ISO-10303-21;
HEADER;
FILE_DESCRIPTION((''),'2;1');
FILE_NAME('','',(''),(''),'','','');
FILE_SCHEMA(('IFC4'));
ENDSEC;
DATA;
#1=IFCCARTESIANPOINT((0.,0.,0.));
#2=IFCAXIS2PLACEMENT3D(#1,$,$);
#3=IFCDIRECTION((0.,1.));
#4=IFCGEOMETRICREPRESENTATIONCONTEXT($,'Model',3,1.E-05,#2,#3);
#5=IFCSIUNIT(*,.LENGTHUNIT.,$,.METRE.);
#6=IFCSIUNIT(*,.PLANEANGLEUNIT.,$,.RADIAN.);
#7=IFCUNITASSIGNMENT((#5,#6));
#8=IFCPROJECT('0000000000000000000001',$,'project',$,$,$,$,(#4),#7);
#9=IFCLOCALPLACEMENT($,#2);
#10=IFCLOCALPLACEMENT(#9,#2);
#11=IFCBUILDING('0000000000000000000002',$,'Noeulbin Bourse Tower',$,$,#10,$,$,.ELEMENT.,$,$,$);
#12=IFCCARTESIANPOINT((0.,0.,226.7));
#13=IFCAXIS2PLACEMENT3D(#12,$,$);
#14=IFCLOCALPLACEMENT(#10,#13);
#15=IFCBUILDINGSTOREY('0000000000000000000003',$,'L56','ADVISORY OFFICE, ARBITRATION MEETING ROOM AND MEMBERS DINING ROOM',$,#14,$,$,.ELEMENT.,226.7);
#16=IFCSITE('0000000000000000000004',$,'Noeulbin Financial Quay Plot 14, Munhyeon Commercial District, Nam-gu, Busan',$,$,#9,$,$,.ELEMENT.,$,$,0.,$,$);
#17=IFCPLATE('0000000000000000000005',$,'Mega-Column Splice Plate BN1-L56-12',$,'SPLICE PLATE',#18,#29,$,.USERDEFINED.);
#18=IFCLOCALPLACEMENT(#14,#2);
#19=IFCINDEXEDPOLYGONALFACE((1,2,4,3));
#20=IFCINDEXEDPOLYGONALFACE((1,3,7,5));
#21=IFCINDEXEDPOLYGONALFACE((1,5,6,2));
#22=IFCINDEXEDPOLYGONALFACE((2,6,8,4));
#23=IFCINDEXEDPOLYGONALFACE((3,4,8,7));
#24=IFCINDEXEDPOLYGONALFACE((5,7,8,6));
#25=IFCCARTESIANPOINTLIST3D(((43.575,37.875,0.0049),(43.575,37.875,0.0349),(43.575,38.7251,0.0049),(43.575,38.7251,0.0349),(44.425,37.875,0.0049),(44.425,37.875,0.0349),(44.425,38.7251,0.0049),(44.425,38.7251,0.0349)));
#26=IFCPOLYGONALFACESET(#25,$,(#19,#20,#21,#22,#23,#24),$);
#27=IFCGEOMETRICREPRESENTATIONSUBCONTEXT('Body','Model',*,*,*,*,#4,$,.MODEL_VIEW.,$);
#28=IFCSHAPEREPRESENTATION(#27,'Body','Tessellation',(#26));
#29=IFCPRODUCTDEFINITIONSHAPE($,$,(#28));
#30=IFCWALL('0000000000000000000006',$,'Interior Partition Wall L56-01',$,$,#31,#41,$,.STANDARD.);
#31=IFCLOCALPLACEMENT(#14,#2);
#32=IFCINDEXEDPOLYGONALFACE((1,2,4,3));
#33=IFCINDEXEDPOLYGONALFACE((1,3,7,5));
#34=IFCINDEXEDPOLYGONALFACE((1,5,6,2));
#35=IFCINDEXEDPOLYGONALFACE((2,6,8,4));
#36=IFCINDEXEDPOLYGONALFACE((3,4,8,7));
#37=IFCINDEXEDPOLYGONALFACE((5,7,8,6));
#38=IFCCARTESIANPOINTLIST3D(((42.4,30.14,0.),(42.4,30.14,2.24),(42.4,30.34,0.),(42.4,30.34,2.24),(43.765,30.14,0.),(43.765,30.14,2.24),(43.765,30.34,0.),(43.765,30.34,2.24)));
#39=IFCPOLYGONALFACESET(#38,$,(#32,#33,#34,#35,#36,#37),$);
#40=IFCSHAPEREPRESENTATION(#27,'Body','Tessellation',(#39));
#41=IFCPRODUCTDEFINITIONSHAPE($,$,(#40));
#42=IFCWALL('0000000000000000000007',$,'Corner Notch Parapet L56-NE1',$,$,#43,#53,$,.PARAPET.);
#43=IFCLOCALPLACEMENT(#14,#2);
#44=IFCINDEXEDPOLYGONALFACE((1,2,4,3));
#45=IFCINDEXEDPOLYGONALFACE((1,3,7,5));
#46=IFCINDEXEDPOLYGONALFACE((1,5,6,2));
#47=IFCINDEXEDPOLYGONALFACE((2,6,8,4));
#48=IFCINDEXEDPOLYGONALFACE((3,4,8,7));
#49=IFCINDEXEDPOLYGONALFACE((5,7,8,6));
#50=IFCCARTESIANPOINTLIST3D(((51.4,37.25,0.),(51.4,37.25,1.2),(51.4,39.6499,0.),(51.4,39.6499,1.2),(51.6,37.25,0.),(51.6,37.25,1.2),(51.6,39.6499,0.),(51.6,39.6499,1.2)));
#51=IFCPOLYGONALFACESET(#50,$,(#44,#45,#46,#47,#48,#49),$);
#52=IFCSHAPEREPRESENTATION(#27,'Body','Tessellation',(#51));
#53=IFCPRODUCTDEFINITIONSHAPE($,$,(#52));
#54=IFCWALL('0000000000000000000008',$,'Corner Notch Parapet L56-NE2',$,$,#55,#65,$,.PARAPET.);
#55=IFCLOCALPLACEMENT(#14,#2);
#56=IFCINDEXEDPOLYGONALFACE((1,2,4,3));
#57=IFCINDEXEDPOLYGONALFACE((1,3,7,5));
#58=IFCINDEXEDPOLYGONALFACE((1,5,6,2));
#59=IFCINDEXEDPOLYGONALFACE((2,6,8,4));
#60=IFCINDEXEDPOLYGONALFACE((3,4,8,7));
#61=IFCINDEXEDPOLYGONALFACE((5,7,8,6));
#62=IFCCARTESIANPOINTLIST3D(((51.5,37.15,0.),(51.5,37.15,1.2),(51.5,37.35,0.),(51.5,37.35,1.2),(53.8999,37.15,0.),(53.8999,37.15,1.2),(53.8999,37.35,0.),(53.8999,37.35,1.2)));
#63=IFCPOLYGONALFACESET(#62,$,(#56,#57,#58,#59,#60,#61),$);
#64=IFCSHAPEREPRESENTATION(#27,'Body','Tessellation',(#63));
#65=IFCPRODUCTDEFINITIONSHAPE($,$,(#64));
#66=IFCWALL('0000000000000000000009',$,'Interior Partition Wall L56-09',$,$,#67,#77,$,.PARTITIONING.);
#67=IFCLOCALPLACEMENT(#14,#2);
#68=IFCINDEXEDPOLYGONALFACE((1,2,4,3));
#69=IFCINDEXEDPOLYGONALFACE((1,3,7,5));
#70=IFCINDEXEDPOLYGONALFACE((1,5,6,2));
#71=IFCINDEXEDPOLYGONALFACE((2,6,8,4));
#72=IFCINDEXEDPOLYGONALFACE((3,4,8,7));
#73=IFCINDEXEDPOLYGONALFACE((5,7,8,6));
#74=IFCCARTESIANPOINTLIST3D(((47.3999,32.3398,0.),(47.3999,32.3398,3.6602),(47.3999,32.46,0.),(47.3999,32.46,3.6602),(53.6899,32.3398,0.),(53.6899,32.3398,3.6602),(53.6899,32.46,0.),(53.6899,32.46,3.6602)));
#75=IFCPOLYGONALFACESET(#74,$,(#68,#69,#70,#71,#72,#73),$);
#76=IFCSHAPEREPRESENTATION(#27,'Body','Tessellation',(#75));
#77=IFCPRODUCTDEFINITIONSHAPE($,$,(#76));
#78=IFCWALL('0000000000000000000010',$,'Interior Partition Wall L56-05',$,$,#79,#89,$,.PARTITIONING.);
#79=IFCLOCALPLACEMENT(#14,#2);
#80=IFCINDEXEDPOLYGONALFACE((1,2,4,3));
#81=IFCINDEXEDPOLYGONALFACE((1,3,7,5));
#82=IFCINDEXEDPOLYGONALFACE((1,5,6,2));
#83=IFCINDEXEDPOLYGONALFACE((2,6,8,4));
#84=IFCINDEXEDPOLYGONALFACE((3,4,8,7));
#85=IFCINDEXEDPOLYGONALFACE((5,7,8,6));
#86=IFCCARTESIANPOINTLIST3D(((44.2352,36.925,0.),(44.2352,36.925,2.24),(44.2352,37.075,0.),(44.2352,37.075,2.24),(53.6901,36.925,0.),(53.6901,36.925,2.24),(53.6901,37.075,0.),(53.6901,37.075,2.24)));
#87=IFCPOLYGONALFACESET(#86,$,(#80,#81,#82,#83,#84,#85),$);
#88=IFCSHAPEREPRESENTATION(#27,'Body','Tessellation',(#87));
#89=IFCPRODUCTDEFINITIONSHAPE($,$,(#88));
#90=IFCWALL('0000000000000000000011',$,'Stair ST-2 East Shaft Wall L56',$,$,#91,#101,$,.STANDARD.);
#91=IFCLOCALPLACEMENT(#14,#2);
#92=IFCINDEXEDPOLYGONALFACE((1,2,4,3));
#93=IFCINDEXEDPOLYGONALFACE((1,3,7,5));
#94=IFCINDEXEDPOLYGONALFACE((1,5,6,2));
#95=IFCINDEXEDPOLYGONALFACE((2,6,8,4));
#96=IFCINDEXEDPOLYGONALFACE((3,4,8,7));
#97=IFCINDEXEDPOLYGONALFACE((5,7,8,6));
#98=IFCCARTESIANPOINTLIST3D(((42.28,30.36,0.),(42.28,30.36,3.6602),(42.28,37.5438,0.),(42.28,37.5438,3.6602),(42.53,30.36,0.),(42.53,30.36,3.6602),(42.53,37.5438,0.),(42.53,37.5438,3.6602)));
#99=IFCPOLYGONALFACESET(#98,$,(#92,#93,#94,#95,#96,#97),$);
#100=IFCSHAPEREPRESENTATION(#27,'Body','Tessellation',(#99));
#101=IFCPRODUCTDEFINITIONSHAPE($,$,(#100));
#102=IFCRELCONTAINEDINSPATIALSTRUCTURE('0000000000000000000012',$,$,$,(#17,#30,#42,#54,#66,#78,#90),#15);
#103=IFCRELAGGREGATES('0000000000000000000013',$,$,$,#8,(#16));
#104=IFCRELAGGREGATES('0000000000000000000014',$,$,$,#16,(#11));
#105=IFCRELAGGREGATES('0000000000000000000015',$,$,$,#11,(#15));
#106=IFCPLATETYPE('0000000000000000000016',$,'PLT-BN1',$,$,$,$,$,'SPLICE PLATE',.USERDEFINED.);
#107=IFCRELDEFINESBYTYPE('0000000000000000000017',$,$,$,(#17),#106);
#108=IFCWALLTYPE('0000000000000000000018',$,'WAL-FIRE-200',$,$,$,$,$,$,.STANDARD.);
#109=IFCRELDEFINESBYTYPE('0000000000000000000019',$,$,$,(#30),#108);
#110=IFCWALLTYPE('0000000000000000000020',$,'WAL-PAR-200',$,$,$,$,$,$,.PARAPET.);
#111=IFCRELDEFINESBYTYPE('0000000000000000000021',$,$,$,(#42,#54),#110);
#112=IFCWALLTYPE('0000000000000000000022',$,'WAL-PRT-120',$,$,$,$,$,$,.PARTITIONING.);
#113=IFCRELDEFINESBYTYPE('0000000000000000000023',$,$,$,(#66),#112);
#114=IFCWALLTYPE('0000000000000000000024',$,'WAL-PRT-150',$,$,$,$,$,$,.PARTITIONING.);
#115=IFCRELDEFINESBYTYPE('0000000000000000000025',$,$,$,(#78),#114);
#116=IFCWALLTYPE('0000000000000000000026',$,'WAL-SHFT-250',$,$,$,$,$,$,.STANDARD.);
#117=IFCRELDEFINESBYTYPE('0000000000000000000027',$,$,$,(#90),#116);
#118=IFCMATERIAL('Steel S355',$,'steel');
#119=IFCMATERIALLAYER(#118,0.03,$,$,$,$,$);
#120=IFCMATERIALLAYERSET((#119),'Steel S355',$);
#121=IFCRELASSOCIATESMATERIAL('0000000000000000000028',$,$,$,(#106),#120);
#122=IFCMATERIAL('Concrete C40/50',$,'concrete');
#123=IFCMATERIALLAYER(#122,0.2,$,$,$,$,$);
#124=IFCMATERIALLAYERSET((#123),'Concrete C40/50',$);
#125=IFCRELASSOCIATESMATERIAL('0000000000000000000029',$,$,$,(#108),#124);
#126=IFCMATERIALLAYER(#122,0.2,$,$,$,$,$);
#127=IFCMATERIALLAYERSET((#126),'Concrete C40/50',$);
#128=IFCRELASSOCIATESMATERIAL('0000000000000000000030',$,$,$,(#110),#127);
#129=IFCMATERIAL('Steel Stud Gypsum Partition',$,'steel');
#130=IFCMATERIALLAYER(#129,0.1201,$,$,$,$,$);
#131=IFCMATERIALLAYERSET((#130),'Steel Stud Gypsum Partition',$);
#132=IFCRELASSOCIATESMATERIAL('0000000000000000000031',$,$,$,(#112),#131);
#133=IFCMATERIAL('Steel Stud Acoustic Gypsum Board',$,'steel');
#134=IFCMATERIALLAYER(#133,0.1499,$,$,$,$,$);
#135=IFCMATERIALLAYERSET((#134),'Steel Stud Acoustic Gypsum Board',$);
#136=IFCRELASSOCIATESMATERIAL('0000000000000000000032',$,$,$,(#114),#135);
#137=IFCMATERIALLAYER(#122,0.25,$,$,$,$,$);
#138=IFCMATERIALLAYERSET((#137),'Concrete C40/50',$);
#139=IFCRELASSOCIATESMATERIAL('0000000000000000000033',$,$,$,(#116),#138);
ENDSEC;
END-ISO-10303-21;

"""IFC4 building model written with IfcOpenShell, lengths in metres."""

from ifc_helpers import new_model, si_unit, direction, frame, frame_2d, origin, origin_2d, place, context, subcontext, project, spatial, rectangle, extrude, material, layer, layer_set, type_object, element, save


model = new_model("IFC4")

# Units and contexts
model_context = context("Model", 3, precision=1e-05, world=origin(), true_north=direction((0.0, 1.0)))
body_context = subcontext(model_context, "Body", "Model", "MODEL_VIEW")
ifc_project = project(units=[si_unit("LENGTHUNIT", "METRE"), si_unit("PLANEANGLEUNIT", "RADIAN")], contexts=[model_context])

# Site, building, storey
site_placement = place(None, origin())
site = spatial("IfcSite", under=ifc_project, at=site_placement, Name="Noeulbin Financial Quay Plot 14, Munhyeon Commercial District, Nam-gu, Busan", CompositionType="ELEMENT", RefElevation=0.0)
building_placement = place(site_placement, origin())
building = spatial("IfcBuilding", under=site, at=building_placement, Name="Noeulbin Bourse Tower", CompositionType="ELEMENT")
storey_placement = place(building_placement, frame((0.0, 0.0, 226.7)))
storey = spatial("IfcBuildingStorey", under=building, at=storey_placement, Name="L56", Description="ADVISORY OFFICE, ARBITRATION MEETING ROOM AND MEMBERS DINING ROOM", CompositionType="ELEMENT", Elevation=226.7)

# Shared definitions
ifc_material_1 = material(Name="Steel S355", Category="steel")

# Plate
ifc_layer_1 = layer(ifc_material_1, 0.03)
ifc_layer_set_1 = layer_set([ifc_layer_1], Name="Steel S355")
plate_type_1 = type_object("IfcPlateType", Name="PLT-BN1", ElementType="SPLICE PLATE", PredefinedType="USERDEFINED", material=ifc_layer_set_1)
plate_1_placement = place(storey_placement, frame((44.0, 38.3, 0.0049), z_axis=(0.0, 0.0, 1.0), x_axis=(1.0, 0.0, 0.0)))
element("IfcPlate", 1, at=plate_1_placement, inside=storey, type_object=plate_type_1, Name="Mega-Column Splice Plate BN1-L56-12", ObjectType="SPLICE PLATE", PredefinedType="USERDEFINED", context=body_context, shape_type="SweptSolid", body=[
    extrude(rectangle(XDim=0.8501, YDim=0.8501, at=origin_2d()), origin(), (0.0, 0.0, 1.0), 0.03),
])

# Walls
ifc_material_2 = material(Name="Concrete C40/50", Category="concrete")
ifc_layer_2 = layer(ifc_material_2, 0.2)
ifc_layer_set_2 = layer_set([ifc_layer_2], Name="Concrete C40/50")
wall_type_1 = type_object("IfcWallType", Name="WAL-FIRE-200", PredefinedType="STANDARD", material=ifc_layer_set_2)
wall_1_placement = place(storey_placement, frame((42.3999, 30.24, 0.0), z_axis=(0.0, 0.0, 1.0), x_axis=(1.0, 0.0, 0.0)))
element("IfcWall", 2, at=wall_1_placement, inside=storey, type_object=wall_type_1, Name="Interior Partition Wall L56-01", PredefinedType="STANDARD", context=body_context, shape_type="SweptSolid", body=[
    extrude(rectangle(XDim=1.365, YDim=0.2, at=frame_2d((0.6826, 0.0))), origin(), (0.0, 0.0, 1.0), 2.24),
])
ifc_layer_3 = layer(ifc_material_2, 0.2)
ifc_layer_set_3 = layer_set([ifc_layer_3], Name="Concrete C40/50")
wall_type_2 = type_object("IfcWallType", Name="WAL-PAR-200", PredefinedType="PARAPET", material=ifc_layer_set_3)
for number, where, z_axis, x_axis, name in (
    (3, (51.5, 39.6499, 0.0), (0.0, 0.0, 1.0), (0.0, -1.0, 0.0), "Corner Notch Parapet L56-NE1"),
    (4, (51.5, 37.25, 0.0), (0.0, 0.0, 1.0), (1.0, 0.0, 0.0), "Corner Notch Parapet L56-NE2"),
):
    element("IfcWall", number, at=place(storey_placement, frame(where, z_axis=z_axis, x_axis=x_axis)), inside=storey, type_object=wall_type_2, Name=name, PredefinedType="PARAPET", context=body_context, shape_type="SweptSolid", body=[
        extrude(rectangle(XDim=2.3999, YDim=0.2, at=frame_2d((1.2, 0.0))), origin(), (0.0, 0.0, 1.0), 1.2),
    ])
ifc_material_3 = material(Name="Steel Stud Gypsum Partition", Category="steel")
ifc_layer_4 = layer(ifc_material_3, 0.1201)
ifc_layer_set_4 = layer_set([ifc_layer_4], Name="Steel Stud Gypsum Partition")
wall_type_3 = type_object("IfcWallType", Name="WAL-PRT-120", PredefinedType="PARTITIONING", material=ifc_layer_set_4)
wall_2_placement = place(storey_placement, frame((47.3999, 32.3999, 0.0), z_axis=(0.0, 0.0, 1.0), x_axis=(1.0, 0.0, 0.0)))
element("IfcWall", 5, at=wall_2_placement, inside=storey, type_object=wall_type_3, Name="Interior Partition Wall L56-09", PredefinedType="PARTITIONING", context=body_context, shape_type="SweptSolid", body=[
    extrude(rectangle(XDim=6.29, YDim=0.1201, at=frame_2d((3.145, 0.0))), origin(), (0.0, 0.0, 1.0), 3.6602),
])
ifc_material_4 = material(Name="Steel Stud Acoustic Gypsum Board", Category="steel")
ifc_layer_5 = layer(ifc_material_4, 0.1499)
ifc_layer_set_5 = layer_set([ifc_layer_5], Name="Steel Stud Acoustic Gypsum Board")
wall_type_4 = type_object("IfcWallType", Name="WAL-PRT-150", PredefinedType="PARTITIONING", material=ifc_layer_set_5)
wall_3_placement = place(storey_placement, frame((44.2351, 37.0, 0.0), z_axis=(0.0, 0.0, 1.0), x_axis=(1.0, 0.0, 0.0)))
element("IfcWall", 6, at=wall_3_placement, inside=storey, type_object=wall_type_4, Name="Interior Partition Wall L56-05", PredefinedType="PARTITIONING", context=body_context, shape_type="SweptSolid", body=[
    extrude(rectangle(XDim=9.4548, YDim=0.1499, at=frame_2d((4.7275, 0.0))), origin(), (0.0, 0.0, 1.0), 2.24),
])
ifc_layer_6 = layer(ifc_material_2, 0.25)
ifc_layer_set_6 = layer_set([ifc_layer_6], Name="Concrete C40/50")
wall_type_5 = type_object("IfcWallType", Name="WAL-SHFT-250", PredefinedType="STANDARD", material=ifc_layer_set_6)
wall_4_placement = place(storey_placement, frame((42.405, 30.3601, 0.0), z_axis=(0.0, 0.0, 1.0), x_axis=(0.0, 1.0, 0.0)))
element("IfcWall", 7, at=wall_4_placement, inside=storey, type_object=wall_type_5, Name="Stair ST-2 East Shaft Wall L56", PredefinedType="STANDARD", context=body_context, shape_type="SweptSolid", body=[
    extrude(rectangle(XDim=7.1838, YDim=0.25, at=frame_2d((3.5918, 0.0))), origin(), (0.0, 0.0, 1.0), 3.6602),
])

save(model, "model.ifc")
